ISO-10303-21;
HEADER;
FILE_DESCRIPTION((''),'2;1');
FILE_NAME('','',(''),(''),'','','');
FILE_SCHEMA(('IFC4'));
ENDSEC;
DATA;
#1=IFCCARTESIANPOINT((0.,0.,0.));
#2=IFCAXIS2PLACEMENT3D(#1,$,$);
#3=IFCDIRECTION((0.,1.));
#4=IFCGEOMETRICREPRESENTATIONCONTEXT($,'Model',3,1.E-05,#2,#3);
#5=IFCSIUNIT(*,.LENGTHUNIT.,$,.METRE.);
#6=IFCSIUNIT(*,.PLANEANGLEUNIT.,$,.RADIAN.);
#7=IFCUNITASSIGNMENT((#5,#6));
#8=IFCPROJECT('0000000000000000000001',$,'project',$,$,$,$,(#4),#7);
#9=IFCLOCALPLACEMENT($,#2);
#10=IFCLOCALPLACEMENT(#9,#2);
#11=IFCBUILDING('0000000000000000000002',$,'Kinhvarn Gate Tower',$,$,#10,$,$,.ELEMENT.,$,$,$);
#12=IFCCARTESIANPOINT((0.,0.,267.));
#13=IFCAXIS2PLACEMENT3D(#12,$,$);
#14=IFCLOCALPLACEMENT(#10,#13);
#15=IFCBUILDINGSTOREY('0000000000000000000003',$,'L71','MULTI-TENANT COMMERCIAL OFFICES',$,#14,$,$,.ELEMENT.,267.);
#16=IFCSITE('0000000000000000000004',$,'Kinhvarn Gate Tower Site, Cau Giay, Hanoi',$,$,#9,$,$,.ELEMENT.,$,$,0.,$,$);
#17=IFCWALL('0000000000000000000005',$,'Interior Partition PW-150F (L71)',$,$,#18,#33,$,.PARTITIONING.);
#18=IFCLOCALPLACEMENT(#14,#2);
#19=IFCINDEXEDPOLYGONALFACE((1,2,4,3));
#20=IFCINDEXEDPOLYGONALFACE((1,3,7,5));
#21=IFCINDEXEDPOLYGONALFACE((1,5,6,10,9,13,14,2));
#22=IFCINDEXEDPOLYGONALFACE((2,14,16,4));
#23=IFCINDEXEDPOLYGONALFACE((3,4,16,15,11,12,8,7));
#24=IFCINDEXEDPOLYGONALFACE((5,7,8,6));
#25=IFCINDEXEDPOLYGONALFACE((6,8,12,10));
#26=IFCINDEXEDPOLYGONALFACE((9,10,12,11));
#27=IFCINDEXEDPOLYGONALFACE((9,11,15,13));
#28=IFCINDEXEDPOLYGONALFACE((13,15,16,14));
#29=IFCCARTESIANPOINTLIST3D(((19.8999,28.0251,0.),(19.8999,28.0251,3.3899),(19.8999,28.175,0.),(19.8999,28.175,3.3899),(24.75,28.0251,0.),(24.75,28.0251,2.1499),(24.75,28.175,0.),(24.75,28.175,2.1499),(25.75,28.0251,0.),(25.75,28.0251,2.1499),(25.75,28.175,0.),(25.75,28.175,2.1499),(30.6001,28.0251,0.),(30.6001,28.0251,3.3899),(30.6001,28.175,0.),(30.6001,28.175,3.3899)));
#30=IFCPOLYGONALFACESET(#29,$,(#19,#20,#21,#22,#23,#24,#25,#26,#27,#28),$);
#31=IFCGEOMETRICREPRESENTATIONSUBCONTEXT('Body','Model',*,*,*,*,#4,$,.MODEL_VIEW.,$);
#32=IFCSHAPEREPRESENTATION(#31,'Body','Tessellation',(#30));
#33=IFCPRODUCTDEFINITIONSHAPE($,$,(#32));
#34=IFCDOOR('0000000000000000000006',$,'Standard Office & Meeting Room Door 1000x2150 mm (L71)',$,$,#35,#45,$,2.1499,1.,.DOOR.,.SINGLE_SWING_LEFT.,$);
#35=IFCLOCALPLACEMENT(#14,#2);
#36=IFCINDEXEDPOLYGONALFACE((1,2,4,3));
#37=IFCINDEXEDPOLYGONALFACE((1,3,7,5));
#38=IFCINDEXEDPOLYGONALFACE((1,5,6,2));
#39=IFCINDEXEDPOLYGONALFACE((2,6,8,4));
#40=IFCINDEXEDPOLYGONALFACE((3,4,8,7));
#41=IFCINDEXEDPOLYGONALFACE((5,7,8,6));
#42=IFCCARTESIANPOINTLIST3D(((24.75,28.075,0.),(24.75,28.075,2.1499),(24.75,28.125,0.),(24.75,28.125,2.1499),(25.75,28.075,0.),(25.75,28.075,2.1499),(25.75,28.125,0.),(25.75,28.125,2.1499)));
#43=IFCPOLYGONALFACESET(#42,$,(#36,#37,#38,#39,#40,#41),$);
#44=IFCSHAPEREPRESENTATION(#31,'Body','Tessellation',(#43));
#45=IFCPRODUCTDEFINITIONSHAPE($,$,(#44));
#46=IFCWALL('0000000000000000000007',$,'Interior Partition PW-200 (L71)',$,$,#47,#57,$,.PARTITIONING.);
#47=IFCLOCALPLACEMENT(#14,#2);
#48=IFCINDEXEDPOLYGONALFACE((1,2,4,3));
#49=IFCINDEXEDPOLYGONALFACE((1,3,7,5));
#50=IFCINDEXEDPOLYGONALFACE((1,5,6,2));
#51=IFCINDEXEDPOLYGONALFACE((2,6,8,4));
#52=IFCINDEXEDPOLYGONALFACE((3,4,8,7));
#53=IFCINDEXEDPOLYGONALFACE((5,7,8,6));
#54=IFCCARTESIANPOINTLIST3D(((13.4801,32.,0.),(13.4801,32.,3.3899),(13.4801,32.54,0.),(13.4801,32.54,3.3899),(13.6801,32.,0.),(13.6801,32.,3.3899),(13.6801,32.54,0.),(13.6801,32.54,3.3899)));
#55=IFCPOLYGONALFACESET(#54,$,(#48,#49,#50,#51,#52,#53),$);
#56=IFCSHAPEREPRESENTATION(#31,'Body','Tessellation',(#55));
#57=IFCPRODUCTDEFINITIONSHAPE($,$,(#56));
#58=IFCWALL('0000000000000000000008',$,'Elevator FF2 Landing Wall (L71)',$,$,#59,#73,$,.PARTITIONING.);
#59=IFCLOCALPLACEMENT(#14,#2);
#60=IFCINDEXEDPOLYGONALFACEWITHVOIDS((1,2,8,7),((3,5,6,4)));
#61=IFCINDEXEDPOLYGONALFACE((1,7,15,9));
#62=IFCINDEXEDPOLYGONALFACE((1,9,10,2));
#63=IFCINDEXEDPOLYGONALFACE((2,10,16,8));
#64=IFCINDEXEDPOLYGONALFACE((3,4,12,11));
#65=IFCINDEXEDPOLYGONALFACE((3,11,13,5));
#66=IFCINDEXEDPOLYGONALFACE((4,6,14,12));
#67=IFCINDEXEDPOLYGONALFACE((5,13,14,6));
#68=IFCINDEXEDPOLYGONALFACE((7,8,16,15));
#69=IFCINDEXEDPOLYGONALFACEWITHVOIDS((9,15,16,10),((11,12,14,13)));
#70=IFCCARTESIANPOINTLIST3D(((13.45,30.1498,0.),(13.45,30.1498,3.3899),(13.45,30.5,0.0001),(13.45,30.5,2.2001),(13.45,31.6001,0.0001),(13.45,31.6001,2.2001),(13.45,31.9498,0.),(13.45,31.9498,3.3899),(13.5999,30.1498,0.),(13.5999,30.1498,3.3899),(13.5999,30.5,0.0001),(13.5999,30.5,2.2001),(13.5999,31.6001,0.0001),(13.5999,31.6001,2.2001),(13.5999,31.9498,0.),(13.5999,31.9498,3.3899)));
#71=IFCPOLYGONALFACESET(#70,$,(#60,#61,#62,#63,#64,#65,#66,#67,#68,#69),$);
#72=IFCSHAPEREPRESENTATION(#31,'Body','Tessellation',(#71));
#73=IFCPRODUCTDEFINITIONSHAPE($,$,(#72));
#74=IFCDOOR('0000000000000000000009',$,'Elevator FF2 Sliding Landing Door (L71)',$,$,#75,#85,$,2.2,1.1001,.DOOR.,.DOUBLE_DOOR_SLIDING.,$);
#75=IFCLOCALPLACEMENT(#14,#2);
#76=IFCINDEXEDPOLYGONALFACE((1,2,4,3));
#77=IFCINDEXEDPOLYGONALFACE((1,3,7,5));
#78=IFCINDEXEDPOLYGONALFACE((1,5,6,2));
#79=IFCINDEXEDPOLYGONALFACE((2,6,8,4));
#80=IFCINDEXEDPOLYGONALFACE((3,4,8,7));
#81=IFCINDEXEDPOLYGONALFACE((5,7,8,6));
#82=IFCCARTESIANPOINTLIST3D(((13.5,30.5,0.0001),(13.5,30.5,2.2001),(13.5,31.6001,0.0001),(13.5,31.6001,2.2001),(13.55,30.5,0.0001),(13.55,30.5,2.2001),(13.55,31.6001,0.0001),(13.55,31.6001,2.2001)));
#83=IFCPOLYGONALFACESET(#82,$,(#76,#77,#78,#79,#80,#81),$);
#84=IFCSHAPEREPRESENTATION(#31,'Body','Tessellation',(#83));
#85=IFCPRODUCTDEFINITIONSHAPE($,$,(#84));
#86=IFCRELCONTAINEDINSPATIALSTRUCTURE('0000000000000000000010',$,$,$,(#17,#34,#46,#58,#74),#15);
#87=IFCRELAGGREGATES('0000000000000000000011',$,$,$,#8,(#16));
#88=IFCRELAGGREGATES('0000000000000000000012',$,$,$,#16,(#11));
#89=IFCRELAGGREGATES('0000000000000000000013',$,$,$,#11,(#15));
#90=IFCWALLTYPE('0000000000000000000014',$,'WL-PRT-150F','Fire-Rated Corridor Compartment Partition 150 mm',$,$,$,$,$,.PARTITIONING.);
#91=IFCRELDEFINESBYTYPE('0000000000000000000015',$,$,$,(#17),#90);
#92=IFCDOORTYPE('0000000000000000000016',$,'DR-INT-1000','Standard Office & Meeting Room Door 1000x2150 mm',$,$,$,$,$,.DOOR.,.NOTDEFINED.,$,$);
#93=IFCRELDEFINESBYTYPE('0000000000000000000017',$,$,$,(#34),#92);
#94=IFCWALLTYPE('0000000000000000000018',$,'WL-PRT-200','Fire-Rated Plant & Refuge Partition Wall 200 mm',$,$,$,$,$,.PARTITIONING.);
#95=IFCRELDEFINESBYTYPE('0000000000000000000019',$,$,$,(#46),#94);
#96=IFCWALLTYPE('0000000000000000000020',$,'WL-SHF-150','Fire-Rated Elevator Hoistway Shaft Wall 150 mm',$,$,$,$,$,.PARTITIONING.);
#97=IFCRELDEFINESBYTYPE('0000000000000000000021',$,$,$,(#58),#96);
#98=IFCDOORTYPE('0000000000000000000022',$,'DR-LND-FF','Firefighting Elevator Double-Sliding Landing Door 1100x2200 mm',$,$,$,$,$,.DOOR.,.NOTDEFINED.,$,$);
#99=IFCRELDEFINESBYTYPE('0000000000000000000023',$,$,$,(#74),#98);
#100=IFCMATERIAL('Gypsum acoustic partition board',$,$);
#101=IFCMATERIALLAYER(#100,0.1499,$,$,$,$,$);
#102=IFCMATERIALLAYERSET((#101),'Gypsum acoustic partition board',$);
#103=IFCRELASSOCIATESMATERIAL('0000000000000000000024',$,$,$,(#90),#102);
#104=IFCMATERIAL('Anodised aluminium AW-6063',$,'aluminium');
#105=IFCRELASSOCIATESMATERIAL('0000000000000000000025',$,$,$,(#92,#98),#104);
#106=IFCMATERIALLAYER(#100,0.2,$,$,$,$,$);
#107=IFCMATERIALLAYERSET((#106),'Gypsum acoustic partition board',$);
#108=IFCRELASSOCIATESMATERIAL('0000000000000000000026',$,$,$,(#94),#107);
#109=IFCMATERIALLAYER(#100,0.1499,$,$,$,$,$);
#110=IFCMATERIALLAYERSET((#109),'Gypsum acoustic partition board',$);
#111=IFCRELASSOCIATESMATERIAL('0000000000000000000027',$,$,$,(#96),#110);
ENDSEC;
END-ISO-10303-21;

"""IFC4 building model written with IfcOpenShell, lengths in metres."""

from ifc_helpers import new_model, si_unit, direction, frame, frame_2d, origin, place, context, subcontext, project, spatial, rectangle, extrude, material, layer, layer_set, type_object, element, fill, save


model = new_model("IFC4")

# Units and contexts
model_context = context("Model", 3, precision=1e-05, world=origin(), true_north=direction((0.0, 1.0)))
body_context = subcontext(model_context, "Body", "Model", "MODEL_VIEW")
ifc_project = project(units=[si_unit("LENGTHUNIT", "METRE"), si_unit("PLANEANGLEUNIT", "RADIAN")], contexts=[model_context])

# Site, building, storey
site_placement = place(None, origin())
site = spatial("IfcSite", under=ifc_project, at=site_placement, Name="Kinhvarn Gate Tower Site, Cau Giay, Hanoi", CompositionType="ELEMENT", RefElevation=0.0)
building_placement = place(site_placement, origin())
building = spatial("IfcBuilding", under=site, at=building_placement, Name="Kinhvarn Gate Tower", CompositionType="ELEMENT")
storey_placement = place(building_placement, frame((0.0, 0.0, 267.0)))
storey = spatial("IfcBuildingStorey", under=building, at=storey_placement, Name="L71", Description="MULTI-TENANT COMMERCIAL OFFICES", CompositionType="ELEMENT", Elevation=267.0)

# Shared definitions
ifc_material_1 = material(Name="Gypsum acoustic partition board")

# Wall, opening, door
ifc_material_2 = material(Name="Anodised aluminium AW-6063", Category="aluminium")
ifc_layer_1 = layer(ifc_material_1, 0.1499)
ifc_layer_set_1 = layer_set([ifc_layer_1], Name="Gypsum acoustic partition board")
wall_type_1 = type_object("IfcWallType", Name="WL-PRT-150F", Description="Fire-Rated Corridor Compartment Partition 150 mm", PredefinedType="PARTITIONING", material=ifc_layer_set_1)
wall_1_placement = place(storey_placement, frame((19.8999, 28.1001, 0.0), z_axis=(0.0, 0.0, 1.0), x_axis=(1.0, 0.0, 0.0)))
wall_1 = element("IfcWall", 1, at=wall_1_placement, inside=storey, type_object=wall_type_1, Name="Interior Partition PW-150F (L71)", PredefinedType="PARTITIONING", context=body_context, shape_type="SweptSolid", body=[
    extrude(rectangle(XDim=10.7002, YDim=0.1499, at=frame_2d((5.3501, 0.0))), origin(), (0.0, 0.0, 1.0), 3.3899),
])
opening_1_placement = place(wall_1_placement, frame((4.8501, 0.0, 0.0)))
opening_1 = element("IfcOpeningElement", 2, at=opening_1_placement, cuts=wall_1, PredefinedType="OPENING", context=body_context, shape_type="SweptSolid", body=[
    extrude(rectangle(XDim=1.0, YDim=2.1499, at=frame_2d((0.5, 1.075))), frame((0.0, 0.085, 0.0), z_axis=(0.0, -1.0, 0.0), x_axis=(1.0, 0.0, 0.0)), (0.0, 0.0, 1.0), 0.1699),
])
door_type_1 = type_object("IfcDoorType", Name="DR-INT-1000", Description="Standard Office & Meeting Room Door 1000x2150 mm", OperationType="NOTDEFINED", PredefinedType="DOOR", material=ifc_material_2)
door_1_placement = place(opening_1_placement, origin())
door_1 = element("IfcDoor", 3, at=door_1_placement, inside=storey, type_object=door_type_1, Name="Standard Office & Meeting Room Door 1000x2150 mm (L71)", OperationType="SINGLE_SWING_LEFT", OverallHeight=2.1499, OverallWidth=1.0, PredefinedType="DOOR", context=body_context, shape_type="SweptSolid", body=[
    extrude(rectangle(XDim=1.0, YDim=2.1499, at=frame_2d((0.5, 1.075))), frame((0.0, 0.0249, 0.0), z_axis=(0.0, -1.0, 0.0), x_axis=(1.0, 0.0, 0.0)), (0.0, 0.0, 1.0), 0.05),
])
fill(opening_1, door_1)

# Wall
ifc_layer_2 = layer(ifc_material_1, 0.2)
ifc_layer_set_2 = layer_set([ifc_layer_2], Name="Gypsum acoustic partition board")
wall_type_2 = type_object("IfcWallType", Name="WL-PRT-200", Description="Fire-Rated Plant & Refuge Partition Wall 200 mm", PredefinedType="PARTITIONING", material=ifc_layer_set_2)
wall_2_placement = place(storey_placement, frame((13.5801, 32.0, 0.0), z_axis=(0.0, 0.0, 1.0), x_axis=(0.0, 1.0, 0.0)))
element("IfcWall", 4, at=wall_2_placement, inside=storey, type_object=wall_type_2, Name="Interior Partition PW-200 (L71)", PredefinedType="PARTITIONING", context=body_context, shape_type="SweptSolid", body=[
    extrude(rectangle(XDim=0.54, YDim=0.2, at=frame_2d((0.27, 0.0))), origin(), (0.0, 0.0, 1.0), 3.3899),
])

# Wall, opening, door
ifc_layer_3 = layer(ifc_material_1, 0.1499)
ifc_layer_set_3 = layer_set([ifc_layer_3], Name="Gypsum acoustic partition board")
wall_type_3 = type_object("IfcWallType", Name="WL-SHF-150", Description="Fire-Rated Elevator Hoistway Shaft Wall 150 mm", PredefinedType="PARTITIONING", material=ifc_layer_set_3)
wall_3_placement = place(storey_placement, frame((13.5249, 30.1499, 0.0), z_axis=(0.0, 0.0, 1.0), x_axis=(0.0, 1.0, 0.0)))
wall_3 = element("IfcWall", 5, at=wall_3_placement, inside=storey, type_object=wall_type_3, Name="Elevator FF2 Landing Wall (L71)", PredefinedType="PARTITIONING", context=body_context, shape_type="SweptSolid", body=[
    extrude(rectangle(XDim=1.8, YDim=0.1499, at=frame_2d((0.8999, 0.0))), origin(), (0.0, 0.0, 1.0), 3.3899),
])
opening_2_placement = place(wall_3_placement, frame((0.3501, 0.0, 0.0)))
opening_2 = element("IfcOpeningElement", 6, at=opening_2_placement, cuts=wall_3, PredefinedType="OPENING", context=body_context, shape_type="SweptSolid", body=[
    extrude(rectangle(XDim=1.1001, YDim=2.2, at=frame_2d((0.55, 1.1001))), frame((0.0, 0.085, 0.0), z_axis=(0.0, -1.0, 0.0), x_axis=(1.0, 0.0, 0.0)), (0.0, 0.0, 1.0), 0.1699),
])
door_type_2 = type_object("IfcDoorType", Name="DR-LND-FF", Description="Firefighting Elevator Double-Sliding Landing Door 1100x2200 mm", OperationType="NOTDEFINED", PredefinedType="DOOR", material=ifc_material_2)
door_2_placement = place(opening_2_placement, origin())
door_2 = element("IfcDoor", 7, at=door_2_placement, inside=storey, type_object=door_type_2, Name="Elevator FF2 Sliding Landing Door (L71)", OperationType="DOUBLE_DOOR_SLIDING", OverallHeight=2.2, OverallWidth=1.1001, PredefinedType="DOOR", context=body_context, shape_type="SweptSolid", body=[
    extrude(rectangle(XDim=1.1001, YDim=2.2, at=frame_2d((0.55, 1.1001))), frame((0.0, 0.0249, 0.0), z_axis=(0.0, -1.0, 0.0), x_axis=(1.0, 0.0, 0.0)), (0.0, 0.0, 1.0), 0.05),
])
fill(opening_2, door_2)

save(model, "model.ifc")
